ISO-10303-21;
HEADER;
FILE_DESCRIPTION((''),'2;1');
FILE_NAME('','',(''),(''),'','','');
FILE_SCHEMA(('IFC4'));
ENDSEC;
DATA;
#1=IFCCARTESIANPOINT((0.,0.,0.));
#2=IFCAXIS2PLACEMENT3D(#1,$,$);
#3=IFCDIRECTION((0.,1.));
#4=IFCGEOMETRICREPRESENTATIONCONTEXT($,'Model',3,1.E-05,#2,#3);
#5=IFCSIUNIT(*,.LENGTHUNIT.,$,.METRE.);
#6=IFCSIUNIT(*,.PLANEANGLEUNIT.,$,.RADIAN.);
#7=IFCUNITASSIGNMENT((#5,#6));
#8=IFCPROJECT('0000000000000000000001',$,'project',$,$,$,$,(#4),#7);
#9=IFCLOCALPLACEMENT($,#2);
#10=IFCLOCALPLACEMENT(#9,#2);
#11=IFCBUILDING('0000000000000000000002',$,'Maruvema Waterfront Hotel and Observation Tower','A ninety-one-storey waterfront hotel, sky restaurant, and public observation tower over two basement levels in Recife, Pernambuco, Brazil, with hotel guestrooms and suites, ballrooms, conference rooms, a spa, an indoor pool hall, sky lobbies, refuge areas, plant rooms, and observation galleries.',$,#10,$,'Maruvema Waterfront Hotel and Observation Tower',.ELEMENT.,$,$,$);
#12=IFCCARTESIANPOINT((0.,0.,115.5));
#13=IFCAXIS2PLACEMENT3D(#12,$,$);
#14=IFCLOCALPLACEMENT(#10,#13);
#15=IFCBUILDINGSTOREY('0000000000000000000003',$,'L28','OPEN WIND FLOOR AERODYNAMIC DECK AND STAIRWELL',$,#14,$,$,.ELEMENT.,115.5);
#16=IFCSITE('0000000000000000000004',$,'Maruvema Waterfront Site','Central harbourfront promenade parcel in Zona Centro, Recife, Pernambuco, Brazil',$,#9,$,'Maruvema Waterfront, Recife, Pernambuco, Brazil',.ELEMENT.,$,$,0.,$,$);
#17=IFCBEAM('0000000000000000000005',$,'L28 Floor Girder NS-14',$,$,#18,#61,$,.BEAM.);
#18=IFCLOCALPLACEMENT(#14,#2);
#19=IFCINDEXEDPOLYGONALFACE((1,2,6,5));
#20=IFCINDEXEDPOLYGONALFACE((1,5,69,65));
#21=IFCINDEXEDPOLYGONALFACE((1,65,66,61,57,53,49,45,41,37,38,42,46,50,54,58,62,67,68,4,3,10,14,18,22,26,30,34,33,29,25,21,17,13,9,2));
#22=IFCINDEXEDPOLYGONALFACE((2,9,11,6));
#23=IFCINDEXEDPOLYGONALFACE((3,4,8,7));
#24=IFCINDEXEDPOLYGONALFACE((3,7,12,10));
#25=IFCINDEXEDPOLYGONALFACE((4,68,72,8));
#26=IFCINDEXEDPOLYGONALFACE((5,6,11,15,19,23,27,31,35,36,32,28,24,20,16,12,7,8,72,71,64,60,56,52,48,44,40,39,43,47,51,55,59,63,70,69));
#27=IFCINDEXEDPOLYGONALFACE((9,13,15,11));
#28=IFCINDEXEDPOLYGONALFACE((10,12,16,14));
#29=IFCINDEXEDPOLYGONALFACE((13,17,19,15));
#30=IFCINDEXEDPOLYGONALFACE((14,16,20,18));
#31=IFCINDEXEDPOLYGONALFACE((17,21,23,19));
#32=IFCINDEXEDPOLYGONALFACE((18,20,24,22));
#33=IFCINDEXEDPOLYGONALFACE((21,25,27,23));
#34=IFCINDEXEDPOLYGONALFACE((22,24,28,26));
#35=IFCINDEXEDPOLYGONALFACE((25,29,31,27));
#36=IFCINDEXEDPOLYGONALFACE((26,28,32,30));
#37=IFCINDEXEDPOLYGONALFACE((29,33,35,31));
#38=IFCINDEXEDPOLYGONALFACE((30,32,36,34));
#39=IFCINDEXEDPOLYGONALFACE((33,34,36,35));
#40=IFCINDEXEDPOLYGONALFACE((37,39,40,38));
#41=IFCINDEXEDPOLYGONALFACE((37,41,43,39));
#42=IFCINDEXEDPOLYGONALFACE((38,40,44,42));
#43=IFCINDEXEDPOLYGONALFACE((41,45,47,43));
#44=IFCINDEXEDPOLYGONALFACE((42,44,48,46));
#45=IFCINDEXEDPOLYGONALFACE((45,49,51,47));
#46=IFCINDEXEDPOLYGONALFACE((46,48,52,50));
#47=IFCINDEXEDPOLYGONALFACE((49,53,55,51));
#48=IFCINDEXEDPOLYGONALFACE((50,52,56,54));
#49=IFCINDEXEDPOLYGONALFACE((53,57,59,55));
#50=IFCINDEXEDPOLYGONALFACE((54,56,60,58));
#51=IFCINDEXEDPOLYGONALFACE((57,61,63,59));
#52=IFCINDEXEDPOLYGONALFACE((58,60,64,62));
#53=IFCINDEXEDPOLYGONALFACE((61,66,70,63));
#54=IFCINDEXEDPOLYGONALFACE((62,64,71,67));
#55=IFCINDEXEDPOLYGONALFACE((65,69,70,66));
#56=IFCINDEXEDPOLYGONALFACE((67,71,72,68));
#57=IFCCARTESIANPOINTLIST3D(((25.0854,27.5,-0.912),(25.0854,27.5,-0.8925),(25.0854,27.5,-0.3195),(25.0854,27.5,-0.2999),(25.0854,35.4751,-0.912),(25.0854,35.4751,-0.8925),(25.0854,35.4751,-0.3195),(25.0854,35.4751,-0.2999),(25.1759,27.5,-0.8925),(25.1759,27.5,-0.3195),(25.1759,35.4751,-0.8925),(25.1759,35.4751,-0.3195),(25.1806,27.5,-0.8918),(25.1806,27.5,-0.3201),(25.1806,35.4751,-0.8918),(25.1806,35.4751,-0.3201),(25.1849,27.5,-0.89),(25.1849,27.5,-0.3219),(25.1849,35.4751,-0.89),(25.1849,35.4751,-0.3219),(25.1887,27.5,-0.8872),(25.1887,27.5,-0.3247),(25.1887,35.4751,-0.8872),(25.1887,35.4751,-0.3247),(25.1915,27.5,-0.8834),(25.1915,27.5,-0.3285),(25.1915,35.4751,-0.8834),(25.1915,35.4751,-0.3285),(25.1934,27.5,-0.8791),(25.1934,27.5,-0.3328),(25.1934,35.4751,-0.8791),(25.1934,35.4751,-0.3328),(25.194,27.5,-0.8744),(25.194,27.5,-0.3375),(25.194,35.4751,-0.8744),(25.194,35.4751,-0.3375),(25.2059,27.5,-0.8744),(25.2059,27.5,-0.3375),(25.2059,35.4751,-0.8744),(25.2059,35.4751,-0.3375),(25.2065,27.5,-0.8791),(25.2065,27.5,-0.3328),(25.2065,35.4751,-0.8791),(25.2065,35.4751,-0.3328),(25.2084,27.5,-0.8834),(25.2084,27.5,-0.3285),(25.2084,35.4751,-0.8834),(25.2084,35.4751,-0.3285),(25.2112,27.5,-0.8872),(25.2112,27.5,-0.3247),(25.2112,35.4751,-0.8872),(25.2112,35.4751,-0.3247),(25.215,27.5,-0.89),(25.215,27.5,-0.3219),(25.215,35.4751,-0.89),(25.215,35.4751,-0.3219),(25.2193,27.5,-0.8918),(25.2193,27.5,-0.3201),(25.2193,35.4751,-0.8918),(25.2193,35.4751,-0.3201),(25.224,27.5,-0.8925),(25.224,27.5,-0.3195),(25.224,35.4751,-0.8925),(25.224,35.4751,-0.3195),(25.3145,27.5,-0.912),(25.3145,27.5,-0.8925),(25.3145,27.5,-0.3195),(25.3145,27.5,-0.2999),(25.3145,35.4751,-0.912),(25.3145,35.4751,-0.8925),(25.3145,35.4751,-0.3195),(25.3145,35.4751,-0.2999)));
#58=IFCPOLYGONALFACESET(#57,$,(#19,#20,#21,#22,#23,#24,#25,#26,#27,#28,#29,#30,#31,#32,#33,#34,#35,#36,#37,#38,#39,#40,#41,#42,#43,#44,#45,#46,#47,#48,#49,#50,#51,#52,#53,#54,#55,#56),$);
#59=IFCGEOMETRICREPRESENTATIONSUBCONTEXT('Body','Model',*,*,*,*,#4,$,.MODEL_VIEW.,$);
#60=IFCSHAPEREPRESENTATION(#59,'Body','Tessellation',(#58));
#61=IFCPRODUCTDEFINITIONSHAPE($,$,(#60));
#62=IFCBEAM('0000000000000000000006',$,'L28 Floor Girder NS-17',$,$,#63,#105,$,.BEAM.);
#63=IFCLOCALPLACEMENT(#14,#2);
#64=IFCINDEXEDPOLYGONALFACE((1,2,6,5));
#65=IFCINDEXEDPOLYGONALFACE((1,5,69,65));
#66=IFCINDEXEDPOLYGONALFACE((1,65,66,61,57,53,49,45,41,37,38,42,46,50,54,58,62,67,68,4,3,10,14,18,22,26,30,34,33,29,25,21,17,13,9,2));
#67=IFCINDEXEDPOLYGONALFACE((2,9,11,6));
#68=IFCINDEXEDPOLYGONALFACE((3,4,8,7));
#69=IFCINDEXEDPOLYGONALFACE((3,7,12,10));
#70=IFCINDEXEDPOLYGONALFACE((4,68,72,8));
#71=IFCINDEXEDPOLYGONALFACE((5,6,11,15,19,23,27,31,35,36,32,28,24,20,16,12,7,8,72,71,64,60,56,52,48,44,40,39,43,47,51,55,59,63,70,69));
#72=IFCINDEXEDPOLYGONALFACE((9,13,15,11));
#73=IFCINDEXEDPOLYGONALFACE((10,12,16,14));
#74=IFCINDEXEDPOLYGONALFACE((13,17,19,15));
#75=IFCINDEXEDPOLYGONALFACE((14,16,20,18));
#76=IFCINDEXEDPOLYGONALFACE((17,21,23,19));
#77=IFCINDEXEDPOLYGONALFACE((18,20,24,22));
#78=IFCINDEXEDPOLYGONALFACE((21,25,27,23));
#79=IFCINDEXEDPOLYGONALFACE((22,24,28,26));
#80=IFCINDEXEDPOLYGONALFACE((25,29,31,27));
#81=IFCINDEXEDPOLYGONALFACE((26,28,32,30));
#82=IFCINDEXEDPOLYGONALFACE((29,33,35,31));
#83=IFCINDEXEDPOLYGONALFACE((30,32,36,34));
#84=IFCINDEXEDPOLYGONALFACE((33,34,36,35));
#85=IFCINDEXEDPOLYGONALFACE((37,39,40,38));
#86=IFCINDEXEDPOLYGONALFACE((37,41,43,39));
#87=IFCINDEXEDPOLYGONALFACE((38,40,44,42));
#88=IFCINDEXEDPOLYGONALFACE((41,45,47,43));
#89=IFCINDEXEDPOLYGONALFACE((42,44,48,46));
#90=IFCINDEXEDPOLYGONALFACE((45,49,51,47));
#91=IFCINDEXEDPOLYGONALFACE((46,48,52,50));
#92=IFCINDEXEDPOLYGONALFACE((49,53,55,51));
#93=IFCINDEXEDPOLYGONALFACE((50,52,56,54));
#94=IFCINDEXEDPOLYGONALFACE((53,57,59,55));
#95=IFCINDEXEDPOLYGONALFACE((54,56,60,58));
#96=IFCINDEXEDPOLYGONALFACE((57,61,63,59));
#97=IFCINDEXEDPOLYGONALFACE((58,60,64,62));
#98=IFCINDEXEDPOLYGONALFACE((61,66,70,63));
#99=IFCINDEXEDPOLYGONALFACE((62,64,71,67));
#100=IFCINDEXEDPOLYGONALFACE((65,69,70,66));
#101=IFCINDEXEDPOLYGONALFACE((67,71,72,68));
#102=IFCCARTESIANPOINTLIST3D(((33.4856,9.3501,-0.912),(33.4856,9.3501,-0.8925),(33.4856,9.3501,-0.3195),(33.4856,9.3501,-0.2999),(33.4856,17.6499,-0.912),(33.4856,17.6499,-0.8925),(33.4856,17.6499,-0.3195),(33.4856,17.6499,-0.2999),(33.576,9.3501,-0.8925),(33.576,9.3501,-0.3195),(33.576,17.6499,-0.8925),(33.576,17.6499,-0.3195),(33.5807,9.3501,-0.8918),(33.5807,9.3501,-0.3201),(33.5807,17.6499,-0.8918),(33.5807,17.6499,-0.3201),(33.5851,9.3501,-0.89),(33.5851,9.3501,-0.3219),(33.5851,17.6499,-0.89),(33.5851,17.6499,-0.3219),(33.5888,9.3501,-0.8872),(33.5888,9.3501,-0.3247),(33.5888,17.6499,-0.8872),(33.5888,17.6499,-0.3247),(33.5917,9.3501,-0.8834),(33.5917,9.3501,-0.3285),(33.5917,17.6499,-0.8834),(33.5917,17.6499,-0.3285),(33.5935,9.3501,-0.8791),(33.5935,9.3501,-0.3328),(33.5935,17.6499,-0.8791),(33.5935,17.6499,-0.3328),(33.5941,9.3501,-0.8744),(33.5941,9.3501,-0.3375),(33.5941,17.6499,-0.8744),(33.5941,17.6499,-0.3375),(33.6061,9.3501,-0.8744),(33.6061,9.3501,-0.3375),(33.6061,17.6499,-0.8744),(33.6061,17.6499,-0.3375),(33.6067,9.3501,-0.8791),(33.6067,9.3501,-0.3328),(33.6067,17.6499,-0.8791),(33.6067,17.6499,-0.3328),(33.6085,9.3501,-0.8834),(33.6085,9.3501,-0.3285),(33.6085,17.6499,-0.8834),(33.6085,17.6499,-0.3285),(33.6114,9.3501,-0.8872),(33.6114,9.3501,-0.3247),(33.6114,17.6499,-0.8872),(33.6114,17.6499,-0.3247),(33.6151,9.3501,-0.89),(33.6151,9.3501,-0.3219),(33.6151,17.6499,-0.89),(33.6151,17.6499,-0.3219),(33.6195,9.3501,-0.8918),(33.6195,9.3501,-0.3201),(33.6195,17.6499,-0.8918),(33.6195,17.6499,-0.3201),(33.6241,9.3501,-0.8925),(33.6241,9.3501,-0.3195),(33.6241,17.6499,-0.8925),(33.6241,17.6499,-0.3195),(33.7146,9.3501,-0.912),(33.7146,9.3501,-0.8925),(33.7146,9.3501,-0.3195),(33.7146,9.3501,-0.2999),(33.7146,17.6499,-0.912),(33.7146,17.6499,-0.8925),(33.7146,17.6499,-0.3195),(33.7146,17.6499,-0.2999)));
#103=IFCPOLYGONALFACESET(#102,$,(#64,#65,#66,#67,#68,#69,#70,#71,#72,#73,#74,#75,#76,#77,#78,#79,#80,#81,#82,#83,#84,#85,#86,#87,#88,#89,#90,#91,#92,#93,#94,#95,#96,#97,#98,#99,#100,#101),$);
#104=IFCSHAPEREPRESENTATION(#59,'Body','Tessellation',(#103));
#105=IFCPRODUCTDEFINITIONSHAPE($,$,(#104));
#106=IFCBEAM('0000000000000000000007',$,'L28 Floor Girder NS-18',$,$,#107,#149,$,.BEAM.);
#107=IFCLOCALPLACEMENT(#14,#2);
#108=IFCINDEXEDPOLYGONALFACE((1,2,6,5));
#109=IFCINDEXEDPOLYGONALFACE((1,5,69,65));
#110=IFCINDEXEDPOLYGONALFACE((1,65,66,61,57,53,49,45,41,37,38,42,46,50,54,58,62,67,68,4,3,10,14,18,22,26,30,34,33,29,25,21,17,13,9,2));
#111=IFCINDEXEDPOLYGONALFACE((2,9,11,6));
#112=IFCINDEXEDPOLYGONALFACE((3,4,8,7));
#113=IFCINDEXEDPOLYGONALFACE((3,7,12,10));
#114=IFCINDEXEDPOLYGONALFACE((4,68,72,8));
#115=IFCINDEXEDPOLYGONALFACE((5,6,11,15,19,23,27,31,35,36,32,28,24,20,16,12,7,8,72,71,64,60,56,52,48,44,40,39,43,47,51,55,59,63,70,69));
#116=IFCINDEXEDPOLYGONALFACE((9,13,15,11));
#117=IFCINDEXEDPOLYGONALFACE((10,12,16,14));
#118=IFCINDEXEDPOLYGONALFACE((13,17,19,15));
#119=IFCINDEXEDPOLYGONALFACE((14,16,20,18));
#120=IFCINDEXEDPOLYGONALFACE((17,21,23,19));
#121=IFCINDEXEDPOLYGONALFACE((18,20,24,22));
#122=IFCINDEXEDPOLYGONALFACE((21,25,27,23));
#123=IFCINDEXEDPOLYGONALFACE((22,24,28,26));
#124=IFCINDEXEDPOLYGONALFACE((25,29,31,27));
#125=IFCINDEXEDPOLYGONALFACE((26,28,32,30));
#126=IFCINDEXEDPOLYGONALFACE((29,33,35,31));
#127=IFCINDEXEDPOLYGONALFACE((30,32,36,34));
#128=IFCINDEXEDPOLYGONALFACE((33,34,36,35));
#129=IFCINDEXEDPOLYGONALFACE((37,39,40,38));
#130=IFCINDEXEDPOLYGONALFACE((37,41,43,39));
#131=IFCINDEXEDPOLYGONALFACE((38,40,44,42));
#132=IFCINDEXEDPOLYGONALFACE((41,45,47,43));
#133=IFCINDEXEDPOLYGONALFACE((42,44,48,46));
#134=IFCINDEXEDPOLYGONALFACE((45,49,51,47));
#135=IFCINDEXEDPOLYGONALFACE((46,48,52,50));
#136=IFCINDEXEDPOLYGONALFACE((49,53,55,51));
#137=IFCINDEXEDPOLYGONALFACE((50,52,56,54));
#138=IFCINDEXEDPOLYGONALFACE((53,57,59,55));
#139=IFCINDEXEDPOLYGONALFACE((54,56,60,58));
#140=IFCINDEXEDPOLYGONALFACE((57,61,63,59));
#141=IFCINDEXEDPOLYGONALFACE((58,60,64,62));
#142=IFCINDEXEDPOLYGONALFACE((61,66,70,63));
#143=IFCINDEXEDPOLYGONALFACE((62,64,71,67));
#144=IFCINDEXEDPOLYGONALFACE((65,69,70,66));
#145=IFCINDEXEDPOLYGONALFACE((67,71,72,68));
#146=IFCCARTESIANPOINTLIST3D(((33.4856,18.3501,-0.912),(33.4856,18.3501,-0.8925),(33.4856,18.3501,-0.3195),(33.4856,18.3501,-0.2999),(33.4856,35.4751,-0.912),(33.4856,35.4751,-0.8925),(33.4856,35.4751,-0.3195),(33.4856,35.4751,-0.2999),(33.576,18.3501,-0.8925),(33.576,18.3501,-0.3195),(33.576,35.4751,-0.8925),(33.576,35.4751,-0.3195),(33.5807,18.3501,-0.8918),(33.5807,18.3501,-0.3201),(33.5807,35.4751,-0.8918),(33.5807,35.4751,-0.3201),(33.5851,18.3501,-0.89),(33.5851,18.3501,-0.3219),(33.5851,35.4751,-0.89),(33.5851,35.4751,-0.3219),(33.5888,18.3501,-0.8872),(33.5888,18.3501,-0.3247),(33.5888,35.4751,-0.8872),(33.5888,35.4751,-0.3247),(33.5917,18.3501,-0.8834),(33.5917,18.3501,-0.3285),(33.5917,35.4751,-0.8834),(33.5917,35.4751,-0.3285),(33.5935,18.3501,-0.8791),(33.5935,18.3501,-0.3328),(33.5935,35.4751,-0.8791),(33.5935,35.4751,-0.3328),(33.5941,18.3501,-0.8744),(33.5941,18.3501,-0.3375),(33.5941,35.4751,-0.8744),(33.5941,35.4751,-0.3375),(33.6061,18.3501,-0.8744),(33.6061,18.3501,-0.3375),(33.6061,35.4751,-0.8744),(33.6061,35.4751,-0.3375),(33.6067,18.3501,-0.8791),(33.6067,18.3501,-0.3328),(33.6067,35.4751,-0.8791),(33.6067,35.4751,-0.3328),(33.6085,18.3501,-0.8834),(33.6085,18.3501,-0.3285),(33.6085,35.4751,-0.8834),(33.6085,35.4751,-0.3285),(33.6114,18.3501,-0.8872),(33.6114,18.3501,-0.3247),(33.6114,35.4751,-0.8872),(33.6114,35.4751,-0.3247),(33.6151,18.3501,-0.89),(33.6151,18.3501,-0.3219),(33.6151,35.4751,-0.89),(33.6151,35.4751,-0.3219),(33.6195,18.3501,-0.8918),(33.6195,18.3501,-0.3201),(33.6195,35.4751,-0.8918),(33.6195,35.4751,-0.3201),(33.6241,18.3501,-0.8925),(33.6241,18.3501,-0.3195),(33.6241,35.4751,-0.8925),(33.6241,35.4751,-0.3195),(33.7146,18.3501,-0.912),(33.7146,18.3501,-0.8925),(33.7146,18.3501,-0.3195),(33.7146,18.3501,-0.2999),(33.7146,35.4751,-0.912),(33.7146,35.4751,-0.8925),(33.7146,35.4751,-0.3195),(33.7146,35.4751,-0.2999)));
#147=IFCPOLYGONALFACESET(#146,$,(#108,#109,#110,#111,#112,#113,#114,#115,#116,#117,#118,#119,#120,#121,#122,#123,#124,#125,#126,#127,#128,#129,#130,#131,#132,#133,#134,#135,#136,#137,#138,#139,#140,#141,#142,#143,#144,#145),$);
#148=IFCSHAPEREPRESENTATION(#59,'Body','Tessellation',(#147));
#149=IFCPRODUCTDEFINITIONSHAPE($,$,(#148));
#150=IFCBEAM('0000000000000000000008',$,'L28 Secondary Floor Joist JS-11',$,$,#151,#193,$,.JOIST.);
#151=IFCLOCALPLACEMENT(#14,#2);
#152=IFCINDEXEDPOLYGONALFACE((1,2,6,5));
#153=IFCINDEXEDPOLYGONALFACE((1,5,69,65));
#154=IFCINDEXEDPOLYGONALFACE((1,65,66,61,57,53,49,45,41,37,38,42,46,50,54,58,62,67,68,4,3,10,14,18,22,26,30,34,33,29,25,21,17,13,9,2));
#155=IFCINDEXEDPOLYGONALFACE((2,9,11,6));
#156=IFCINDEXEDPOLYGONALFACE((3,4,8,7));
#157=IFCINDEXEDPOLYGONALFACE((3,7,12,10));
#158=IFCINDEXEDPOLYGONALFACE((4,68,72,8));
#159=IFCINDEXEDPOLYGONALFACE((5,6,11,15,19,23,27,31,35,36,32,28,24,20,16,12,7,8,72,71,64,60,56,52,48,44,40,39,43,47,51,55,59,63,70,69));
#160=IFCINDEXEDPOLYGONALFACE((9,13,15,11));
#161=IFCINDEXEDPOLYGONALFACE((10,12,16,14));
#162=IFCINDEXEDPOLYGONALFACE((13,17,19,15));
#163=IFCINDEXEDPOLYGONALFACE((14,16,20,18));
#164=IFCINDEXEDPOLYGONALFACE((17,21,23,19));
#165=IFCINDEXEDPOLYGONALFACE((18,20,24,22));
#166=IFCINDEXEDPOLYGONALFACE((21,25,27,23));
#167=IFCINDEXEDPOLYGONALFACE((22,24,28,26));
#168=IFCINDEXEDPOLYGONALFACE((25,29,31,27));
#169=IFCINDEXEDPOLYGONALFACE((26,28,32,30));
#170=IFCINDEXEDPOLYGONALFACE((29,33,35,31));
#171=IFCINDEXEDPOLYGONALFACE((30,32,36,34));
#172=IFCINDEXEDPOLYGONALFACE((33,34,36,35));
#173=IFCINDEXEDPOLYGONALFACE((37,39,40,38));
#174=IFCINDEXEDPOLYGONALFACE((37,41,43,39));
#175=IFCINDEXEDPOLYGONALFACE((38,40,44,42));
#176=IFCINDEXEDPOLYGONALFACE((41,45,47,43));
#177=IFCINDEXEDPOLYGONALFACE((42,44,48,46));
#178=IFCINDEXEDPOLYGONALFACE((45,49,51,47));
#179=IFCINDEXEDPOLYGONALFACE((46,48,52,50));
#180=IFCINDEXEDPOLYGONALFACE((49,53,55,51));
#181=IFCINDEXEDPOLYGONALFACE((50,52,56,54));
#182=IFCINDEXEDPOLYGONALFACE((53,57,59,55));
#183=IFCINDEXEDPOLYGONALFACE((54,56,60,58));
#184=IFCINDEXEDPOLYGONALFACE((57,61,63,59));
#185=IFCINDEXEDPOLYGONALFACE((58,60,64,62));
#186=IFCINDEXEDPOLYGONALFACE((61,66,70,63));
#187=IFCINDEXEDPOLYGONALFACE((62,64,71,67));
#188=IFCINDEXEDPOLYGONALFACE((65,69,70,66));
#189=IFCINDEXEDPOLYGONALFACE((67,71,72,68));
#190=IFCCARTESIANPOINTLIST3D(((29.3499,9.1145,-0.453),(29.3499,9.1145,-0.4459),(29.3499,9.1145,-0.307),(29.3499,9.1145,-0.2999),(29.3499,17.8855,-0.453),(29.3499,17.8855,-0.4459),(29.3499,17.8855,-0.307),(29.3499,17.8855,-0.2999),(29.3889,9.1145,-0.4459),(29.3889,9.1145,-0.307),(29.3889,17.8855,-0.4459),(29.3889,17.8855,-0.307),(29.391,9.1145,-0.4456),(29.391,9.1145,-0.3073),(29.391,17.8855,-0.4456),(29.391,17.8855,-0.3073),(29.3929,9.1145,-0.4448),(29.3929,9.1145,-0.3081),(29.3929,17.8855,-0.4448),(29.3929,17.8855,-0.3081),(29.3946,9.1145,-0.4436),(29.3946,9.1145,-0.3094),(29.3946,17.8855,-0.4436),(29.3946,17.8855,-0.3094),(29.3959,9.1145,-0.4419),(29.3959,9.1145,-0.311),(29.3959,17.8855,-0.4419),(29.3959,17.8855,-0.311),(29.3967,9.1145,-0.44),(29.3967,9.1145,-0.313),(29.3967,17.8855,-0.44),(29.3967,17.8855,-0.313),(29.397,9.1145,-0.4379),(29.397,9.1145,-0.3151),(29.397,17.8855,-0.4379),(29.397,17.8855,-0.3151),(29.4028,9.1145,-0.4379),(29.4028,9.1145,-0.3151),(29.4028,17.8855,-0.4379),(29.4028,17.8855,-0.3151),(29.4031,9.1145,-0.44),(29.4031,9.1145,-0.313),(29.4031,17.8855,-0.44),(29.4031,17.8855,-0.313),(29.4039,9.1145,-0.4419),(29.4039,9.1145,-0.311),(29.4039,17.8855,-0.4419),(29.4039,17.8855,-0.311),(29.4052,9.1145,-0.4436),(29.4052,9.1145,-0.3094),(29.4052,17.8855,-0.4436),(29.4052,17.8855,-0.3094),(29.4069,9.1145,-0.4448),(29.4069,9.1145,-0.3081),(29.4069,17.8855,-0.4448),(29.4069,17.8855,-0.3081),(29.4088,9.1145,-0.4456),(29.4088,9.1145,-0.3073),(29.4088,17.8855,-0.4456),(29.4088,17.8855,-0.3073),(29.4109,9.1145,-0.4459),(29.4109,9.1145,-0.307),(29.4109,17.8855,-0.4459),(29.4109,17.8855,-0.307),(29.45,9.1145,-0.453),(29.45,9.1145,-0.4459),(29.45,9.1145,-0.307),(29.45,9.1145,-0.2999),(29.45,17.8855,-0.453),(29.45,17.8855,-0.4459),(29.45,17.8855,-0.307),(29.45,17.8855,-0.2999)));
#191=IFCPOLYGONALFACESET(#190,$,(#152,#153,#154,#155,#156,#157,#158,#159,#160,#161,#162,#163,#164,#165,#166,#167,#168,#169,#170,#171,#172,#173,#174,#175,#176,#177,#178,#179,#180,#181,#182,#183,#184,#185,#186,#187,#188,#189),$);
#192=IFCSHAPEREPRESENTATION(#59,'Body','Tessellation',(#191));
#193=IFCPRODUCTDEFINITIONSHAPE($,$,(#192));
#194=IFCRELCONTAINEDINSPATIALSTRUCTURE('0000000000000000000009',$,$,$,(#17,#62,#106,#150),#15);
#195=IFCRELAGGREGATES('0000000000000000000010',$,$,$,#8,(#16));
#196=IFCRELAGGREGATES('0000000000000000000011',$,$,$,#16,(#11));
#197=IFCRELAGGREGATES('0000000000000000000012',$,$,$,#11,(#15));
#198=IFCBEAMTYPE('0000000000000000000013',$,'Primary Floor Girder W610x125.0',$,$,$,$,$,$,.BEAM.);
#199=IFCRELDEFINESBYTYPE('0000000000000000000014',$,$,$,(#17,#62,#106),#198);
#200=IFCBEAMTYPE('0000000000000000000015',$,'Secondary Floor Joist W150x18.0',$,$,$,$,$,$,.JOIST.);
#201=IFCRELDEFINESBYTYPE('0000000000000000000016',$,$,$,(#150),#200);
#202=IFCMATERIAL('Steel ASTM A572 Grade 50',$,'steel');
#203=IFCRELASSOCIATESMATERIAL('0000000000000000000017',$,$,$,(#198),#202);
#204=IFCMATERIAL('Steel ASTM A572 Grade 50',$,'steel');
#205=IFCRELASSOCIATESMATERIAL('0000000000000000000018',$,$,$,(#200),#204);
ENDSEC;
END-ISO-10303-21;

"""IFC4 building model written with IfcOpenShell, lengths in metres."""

from ifc_helpers import new_model, si_unit, direction, frame, origin, origin_2d, place, context, subcontext, project, spatial, i_section, extrude, material, material_profile, profile_set, type_object, element, save


model = new_model("IFC4")

# Units and contexts
model_context = context("Model", 3, precision=1e-05, world=origin(), true_north=direction((0.0, 1.0)))
body_context = subcontext(model_context, "Body", "Model", "MODEL_VIEW")
ifc_project = project(units=[si_unit("LENGTHUNIT", "METRE"), si_unit("PLANEANGLEUNIT", "RADIAN")], contexts=[model_context])

# Site, building, storey
site_placement = place(None, origin())
site = spatial("IfcSite", under=ifc_project, at=site_placement, Name="Maruvema Waterfront Site", Description="Central harbourfront promenade parcel in Zona Centro, Recife, Pernambuco, Brazil", LongName="Maruvema Waterfront, Recife, Pernambuco, Brazil", CompositionType="ELEMENT", RefElevation=0.0)
building_placement = place(site_placement, origin())
building = spatial("IfcBuilding", under=site, at=building_placement, Name="Maruvema Waterfront Hotel and Observation Tower", Description="A ninety-one-storey waterfront hotel, sky restaurant, and public observation tower over two basement levels in Recife, Pernambuco, Brazil, with hotel guestrooms and suites, ballrooms, conference rooms, a spa, an indoor pool hall, sky lobbies, refuge areas, plant rooms, and observation galleries.", LongName="Maruvema Waterfront Hotel and Observation Tower", CompositionType="ELEMENT")
storey_placement = place(building_placement, frame((0.0, 0.0, 115.5)))
storey = spatial("IfcBuildingStorey", under=building, at=storey_placement, Name="L28", Description="OPEN WIND FLOOR AERODYNAMIC DECK AND STAIRWELL", CompositionType="ELEMENT", Elevation=115.5)

# Beams
ifc_material_1 = material(Name="Steel ASTM A572 Grade 50", Category="steel")
ifc_material_profile_1 = material_profile(ifc_material_1, i_section(OverallWidth=0.229, OverallDepth=0.6121, WebThickness=0.012, FlangeThickness=0.0195, FilletRadius=0.0181, at=origin_2d()), Name="W610x125.0")
ifc_profile_set_1 = profile_set([ifc_material_profile_1], Name="Steel ASTM A572 Grade 50")
beam_type_1 = type_object("IfcBeamType", Name="Primary Floor Girder W610x125.0", PredefinedType="BEAM", material=ifc_profile_set_1)
for number, where, z_axis, x_axis, name in (
    (1, (25.2, 27.5, -0.606), (0.0, 1.0, 0.0), (-1.0, 0.0, 0.0), "L28 Floor Girder NS-14"),
):
    element("IfcBeam", number, at=place(storey_placement, frame(where, z_axis=z_axis, x_axis=x_axis)), inside=storey, type_object=beam_type_1, Name=name, PredefinedType="BEAM", context=body_context, shape_type="SweptSolid", body=[
        extrude(i_section(OverallWidth=0.229, OverallDepth=0.6121, WebThickness=0.012, FlangeThickness=0.0195, FilletRadius=0.0181, at=origin_2d()), origin(), (0.0, 0.0, 1.0), 7.9751),
    ])
beam_1_placement = place(storey_placement, frame((33.6001, 9.3501, -0.606), z_axis=(0.0, 1.0, 0.0), x_axis=(-1.0, 0.0, 0.0)))
element("IfcBeam", 2, at=beam_1_placement, inside=storey, type_object=beam_type_1, Name="L28 Floor Girder NS-17", PredefinedType="BEAM", context=body_context, shape_type="SweptSolid", body=[
    extrude(i_section(OverallWidth=0.229, OverallDepth=0.6121, WebThickness=0.012, FlangeThickness=0.0195, FilletRadius=0.0181, at=origin_2d()), origin(), (0.0, 0.0, 1.0), 8.2998),
])
beam_2_placement = place(storey_placement, frame((33.6001, 18.3501, -0.606), z_axis=(0.0, 1.0, 0.0), x_axis=(-1.0, 0.0, 0.0)))
element("IfcBeam", 3, at=beam_2_placement, inside=storey, type_object=beam_type_1, Name="L28 Floor Girder NS-18", PredefinedType="BEAM", context=body_context, shape_type="SweptSolid", body=[
    extrude(i_section(OverallWidth=0.229, OverallDepth=0.6121, WebThickness=0.012, FlangeThickness=0.0195, FilletRadius=0.0181, at=origin_2d()), origin(), (0.0, 0.0, 1.0), 17.125),
])
ifc_material_2 = material(Name="Steel ASTM A572 Grade 50", Category="steel")
ifc_material_profile_2 = material_profile(ifc_material_2, i_section(OverallWidth=0.1001, OverallDepth=0.1531, WebThickness=0.0059, FlangeThickness=0.0071, FilletRadius=0.0081, at=origin_2d()), Name="W150x18.0")
ifc_profile_set_2 = profile_set([ifc_material_profile_2], Name="Steel ASTM A572 Grade 50")
beam_type_2 = type_object("IfcBeamType", Name="Secondary Floor Joist W150x18.0", PredefinedType="JOIST", material=ifc_profile_set_2)
beam_3_placement = place(storey_placement, frame((29.3999, 9.1145, -0.3765), z_axis=(0.0, 1.0, 0.0), x_axis=(-1.0, 0.0, 0.0)))
element("IfcBeam", 4, at=beam_3_placement, inside=storey, type_object=beam_type_2, Name="L28 Secondary Floor Joist JS-11", PredefinedType="JOIST", context=body_context, shape_type="SweptSolid", body=[
    extrude(i_section(OverallWidth=0.1001, OverallDepth=0.1531, WebThickness=0.0059, FlangeThickness=0.0071, FilletRadius=0.0081, at=origin_2d()), origin(), (0.0, 0.0, 1.0), 8.771),
])

save(model, "model.ifc")
